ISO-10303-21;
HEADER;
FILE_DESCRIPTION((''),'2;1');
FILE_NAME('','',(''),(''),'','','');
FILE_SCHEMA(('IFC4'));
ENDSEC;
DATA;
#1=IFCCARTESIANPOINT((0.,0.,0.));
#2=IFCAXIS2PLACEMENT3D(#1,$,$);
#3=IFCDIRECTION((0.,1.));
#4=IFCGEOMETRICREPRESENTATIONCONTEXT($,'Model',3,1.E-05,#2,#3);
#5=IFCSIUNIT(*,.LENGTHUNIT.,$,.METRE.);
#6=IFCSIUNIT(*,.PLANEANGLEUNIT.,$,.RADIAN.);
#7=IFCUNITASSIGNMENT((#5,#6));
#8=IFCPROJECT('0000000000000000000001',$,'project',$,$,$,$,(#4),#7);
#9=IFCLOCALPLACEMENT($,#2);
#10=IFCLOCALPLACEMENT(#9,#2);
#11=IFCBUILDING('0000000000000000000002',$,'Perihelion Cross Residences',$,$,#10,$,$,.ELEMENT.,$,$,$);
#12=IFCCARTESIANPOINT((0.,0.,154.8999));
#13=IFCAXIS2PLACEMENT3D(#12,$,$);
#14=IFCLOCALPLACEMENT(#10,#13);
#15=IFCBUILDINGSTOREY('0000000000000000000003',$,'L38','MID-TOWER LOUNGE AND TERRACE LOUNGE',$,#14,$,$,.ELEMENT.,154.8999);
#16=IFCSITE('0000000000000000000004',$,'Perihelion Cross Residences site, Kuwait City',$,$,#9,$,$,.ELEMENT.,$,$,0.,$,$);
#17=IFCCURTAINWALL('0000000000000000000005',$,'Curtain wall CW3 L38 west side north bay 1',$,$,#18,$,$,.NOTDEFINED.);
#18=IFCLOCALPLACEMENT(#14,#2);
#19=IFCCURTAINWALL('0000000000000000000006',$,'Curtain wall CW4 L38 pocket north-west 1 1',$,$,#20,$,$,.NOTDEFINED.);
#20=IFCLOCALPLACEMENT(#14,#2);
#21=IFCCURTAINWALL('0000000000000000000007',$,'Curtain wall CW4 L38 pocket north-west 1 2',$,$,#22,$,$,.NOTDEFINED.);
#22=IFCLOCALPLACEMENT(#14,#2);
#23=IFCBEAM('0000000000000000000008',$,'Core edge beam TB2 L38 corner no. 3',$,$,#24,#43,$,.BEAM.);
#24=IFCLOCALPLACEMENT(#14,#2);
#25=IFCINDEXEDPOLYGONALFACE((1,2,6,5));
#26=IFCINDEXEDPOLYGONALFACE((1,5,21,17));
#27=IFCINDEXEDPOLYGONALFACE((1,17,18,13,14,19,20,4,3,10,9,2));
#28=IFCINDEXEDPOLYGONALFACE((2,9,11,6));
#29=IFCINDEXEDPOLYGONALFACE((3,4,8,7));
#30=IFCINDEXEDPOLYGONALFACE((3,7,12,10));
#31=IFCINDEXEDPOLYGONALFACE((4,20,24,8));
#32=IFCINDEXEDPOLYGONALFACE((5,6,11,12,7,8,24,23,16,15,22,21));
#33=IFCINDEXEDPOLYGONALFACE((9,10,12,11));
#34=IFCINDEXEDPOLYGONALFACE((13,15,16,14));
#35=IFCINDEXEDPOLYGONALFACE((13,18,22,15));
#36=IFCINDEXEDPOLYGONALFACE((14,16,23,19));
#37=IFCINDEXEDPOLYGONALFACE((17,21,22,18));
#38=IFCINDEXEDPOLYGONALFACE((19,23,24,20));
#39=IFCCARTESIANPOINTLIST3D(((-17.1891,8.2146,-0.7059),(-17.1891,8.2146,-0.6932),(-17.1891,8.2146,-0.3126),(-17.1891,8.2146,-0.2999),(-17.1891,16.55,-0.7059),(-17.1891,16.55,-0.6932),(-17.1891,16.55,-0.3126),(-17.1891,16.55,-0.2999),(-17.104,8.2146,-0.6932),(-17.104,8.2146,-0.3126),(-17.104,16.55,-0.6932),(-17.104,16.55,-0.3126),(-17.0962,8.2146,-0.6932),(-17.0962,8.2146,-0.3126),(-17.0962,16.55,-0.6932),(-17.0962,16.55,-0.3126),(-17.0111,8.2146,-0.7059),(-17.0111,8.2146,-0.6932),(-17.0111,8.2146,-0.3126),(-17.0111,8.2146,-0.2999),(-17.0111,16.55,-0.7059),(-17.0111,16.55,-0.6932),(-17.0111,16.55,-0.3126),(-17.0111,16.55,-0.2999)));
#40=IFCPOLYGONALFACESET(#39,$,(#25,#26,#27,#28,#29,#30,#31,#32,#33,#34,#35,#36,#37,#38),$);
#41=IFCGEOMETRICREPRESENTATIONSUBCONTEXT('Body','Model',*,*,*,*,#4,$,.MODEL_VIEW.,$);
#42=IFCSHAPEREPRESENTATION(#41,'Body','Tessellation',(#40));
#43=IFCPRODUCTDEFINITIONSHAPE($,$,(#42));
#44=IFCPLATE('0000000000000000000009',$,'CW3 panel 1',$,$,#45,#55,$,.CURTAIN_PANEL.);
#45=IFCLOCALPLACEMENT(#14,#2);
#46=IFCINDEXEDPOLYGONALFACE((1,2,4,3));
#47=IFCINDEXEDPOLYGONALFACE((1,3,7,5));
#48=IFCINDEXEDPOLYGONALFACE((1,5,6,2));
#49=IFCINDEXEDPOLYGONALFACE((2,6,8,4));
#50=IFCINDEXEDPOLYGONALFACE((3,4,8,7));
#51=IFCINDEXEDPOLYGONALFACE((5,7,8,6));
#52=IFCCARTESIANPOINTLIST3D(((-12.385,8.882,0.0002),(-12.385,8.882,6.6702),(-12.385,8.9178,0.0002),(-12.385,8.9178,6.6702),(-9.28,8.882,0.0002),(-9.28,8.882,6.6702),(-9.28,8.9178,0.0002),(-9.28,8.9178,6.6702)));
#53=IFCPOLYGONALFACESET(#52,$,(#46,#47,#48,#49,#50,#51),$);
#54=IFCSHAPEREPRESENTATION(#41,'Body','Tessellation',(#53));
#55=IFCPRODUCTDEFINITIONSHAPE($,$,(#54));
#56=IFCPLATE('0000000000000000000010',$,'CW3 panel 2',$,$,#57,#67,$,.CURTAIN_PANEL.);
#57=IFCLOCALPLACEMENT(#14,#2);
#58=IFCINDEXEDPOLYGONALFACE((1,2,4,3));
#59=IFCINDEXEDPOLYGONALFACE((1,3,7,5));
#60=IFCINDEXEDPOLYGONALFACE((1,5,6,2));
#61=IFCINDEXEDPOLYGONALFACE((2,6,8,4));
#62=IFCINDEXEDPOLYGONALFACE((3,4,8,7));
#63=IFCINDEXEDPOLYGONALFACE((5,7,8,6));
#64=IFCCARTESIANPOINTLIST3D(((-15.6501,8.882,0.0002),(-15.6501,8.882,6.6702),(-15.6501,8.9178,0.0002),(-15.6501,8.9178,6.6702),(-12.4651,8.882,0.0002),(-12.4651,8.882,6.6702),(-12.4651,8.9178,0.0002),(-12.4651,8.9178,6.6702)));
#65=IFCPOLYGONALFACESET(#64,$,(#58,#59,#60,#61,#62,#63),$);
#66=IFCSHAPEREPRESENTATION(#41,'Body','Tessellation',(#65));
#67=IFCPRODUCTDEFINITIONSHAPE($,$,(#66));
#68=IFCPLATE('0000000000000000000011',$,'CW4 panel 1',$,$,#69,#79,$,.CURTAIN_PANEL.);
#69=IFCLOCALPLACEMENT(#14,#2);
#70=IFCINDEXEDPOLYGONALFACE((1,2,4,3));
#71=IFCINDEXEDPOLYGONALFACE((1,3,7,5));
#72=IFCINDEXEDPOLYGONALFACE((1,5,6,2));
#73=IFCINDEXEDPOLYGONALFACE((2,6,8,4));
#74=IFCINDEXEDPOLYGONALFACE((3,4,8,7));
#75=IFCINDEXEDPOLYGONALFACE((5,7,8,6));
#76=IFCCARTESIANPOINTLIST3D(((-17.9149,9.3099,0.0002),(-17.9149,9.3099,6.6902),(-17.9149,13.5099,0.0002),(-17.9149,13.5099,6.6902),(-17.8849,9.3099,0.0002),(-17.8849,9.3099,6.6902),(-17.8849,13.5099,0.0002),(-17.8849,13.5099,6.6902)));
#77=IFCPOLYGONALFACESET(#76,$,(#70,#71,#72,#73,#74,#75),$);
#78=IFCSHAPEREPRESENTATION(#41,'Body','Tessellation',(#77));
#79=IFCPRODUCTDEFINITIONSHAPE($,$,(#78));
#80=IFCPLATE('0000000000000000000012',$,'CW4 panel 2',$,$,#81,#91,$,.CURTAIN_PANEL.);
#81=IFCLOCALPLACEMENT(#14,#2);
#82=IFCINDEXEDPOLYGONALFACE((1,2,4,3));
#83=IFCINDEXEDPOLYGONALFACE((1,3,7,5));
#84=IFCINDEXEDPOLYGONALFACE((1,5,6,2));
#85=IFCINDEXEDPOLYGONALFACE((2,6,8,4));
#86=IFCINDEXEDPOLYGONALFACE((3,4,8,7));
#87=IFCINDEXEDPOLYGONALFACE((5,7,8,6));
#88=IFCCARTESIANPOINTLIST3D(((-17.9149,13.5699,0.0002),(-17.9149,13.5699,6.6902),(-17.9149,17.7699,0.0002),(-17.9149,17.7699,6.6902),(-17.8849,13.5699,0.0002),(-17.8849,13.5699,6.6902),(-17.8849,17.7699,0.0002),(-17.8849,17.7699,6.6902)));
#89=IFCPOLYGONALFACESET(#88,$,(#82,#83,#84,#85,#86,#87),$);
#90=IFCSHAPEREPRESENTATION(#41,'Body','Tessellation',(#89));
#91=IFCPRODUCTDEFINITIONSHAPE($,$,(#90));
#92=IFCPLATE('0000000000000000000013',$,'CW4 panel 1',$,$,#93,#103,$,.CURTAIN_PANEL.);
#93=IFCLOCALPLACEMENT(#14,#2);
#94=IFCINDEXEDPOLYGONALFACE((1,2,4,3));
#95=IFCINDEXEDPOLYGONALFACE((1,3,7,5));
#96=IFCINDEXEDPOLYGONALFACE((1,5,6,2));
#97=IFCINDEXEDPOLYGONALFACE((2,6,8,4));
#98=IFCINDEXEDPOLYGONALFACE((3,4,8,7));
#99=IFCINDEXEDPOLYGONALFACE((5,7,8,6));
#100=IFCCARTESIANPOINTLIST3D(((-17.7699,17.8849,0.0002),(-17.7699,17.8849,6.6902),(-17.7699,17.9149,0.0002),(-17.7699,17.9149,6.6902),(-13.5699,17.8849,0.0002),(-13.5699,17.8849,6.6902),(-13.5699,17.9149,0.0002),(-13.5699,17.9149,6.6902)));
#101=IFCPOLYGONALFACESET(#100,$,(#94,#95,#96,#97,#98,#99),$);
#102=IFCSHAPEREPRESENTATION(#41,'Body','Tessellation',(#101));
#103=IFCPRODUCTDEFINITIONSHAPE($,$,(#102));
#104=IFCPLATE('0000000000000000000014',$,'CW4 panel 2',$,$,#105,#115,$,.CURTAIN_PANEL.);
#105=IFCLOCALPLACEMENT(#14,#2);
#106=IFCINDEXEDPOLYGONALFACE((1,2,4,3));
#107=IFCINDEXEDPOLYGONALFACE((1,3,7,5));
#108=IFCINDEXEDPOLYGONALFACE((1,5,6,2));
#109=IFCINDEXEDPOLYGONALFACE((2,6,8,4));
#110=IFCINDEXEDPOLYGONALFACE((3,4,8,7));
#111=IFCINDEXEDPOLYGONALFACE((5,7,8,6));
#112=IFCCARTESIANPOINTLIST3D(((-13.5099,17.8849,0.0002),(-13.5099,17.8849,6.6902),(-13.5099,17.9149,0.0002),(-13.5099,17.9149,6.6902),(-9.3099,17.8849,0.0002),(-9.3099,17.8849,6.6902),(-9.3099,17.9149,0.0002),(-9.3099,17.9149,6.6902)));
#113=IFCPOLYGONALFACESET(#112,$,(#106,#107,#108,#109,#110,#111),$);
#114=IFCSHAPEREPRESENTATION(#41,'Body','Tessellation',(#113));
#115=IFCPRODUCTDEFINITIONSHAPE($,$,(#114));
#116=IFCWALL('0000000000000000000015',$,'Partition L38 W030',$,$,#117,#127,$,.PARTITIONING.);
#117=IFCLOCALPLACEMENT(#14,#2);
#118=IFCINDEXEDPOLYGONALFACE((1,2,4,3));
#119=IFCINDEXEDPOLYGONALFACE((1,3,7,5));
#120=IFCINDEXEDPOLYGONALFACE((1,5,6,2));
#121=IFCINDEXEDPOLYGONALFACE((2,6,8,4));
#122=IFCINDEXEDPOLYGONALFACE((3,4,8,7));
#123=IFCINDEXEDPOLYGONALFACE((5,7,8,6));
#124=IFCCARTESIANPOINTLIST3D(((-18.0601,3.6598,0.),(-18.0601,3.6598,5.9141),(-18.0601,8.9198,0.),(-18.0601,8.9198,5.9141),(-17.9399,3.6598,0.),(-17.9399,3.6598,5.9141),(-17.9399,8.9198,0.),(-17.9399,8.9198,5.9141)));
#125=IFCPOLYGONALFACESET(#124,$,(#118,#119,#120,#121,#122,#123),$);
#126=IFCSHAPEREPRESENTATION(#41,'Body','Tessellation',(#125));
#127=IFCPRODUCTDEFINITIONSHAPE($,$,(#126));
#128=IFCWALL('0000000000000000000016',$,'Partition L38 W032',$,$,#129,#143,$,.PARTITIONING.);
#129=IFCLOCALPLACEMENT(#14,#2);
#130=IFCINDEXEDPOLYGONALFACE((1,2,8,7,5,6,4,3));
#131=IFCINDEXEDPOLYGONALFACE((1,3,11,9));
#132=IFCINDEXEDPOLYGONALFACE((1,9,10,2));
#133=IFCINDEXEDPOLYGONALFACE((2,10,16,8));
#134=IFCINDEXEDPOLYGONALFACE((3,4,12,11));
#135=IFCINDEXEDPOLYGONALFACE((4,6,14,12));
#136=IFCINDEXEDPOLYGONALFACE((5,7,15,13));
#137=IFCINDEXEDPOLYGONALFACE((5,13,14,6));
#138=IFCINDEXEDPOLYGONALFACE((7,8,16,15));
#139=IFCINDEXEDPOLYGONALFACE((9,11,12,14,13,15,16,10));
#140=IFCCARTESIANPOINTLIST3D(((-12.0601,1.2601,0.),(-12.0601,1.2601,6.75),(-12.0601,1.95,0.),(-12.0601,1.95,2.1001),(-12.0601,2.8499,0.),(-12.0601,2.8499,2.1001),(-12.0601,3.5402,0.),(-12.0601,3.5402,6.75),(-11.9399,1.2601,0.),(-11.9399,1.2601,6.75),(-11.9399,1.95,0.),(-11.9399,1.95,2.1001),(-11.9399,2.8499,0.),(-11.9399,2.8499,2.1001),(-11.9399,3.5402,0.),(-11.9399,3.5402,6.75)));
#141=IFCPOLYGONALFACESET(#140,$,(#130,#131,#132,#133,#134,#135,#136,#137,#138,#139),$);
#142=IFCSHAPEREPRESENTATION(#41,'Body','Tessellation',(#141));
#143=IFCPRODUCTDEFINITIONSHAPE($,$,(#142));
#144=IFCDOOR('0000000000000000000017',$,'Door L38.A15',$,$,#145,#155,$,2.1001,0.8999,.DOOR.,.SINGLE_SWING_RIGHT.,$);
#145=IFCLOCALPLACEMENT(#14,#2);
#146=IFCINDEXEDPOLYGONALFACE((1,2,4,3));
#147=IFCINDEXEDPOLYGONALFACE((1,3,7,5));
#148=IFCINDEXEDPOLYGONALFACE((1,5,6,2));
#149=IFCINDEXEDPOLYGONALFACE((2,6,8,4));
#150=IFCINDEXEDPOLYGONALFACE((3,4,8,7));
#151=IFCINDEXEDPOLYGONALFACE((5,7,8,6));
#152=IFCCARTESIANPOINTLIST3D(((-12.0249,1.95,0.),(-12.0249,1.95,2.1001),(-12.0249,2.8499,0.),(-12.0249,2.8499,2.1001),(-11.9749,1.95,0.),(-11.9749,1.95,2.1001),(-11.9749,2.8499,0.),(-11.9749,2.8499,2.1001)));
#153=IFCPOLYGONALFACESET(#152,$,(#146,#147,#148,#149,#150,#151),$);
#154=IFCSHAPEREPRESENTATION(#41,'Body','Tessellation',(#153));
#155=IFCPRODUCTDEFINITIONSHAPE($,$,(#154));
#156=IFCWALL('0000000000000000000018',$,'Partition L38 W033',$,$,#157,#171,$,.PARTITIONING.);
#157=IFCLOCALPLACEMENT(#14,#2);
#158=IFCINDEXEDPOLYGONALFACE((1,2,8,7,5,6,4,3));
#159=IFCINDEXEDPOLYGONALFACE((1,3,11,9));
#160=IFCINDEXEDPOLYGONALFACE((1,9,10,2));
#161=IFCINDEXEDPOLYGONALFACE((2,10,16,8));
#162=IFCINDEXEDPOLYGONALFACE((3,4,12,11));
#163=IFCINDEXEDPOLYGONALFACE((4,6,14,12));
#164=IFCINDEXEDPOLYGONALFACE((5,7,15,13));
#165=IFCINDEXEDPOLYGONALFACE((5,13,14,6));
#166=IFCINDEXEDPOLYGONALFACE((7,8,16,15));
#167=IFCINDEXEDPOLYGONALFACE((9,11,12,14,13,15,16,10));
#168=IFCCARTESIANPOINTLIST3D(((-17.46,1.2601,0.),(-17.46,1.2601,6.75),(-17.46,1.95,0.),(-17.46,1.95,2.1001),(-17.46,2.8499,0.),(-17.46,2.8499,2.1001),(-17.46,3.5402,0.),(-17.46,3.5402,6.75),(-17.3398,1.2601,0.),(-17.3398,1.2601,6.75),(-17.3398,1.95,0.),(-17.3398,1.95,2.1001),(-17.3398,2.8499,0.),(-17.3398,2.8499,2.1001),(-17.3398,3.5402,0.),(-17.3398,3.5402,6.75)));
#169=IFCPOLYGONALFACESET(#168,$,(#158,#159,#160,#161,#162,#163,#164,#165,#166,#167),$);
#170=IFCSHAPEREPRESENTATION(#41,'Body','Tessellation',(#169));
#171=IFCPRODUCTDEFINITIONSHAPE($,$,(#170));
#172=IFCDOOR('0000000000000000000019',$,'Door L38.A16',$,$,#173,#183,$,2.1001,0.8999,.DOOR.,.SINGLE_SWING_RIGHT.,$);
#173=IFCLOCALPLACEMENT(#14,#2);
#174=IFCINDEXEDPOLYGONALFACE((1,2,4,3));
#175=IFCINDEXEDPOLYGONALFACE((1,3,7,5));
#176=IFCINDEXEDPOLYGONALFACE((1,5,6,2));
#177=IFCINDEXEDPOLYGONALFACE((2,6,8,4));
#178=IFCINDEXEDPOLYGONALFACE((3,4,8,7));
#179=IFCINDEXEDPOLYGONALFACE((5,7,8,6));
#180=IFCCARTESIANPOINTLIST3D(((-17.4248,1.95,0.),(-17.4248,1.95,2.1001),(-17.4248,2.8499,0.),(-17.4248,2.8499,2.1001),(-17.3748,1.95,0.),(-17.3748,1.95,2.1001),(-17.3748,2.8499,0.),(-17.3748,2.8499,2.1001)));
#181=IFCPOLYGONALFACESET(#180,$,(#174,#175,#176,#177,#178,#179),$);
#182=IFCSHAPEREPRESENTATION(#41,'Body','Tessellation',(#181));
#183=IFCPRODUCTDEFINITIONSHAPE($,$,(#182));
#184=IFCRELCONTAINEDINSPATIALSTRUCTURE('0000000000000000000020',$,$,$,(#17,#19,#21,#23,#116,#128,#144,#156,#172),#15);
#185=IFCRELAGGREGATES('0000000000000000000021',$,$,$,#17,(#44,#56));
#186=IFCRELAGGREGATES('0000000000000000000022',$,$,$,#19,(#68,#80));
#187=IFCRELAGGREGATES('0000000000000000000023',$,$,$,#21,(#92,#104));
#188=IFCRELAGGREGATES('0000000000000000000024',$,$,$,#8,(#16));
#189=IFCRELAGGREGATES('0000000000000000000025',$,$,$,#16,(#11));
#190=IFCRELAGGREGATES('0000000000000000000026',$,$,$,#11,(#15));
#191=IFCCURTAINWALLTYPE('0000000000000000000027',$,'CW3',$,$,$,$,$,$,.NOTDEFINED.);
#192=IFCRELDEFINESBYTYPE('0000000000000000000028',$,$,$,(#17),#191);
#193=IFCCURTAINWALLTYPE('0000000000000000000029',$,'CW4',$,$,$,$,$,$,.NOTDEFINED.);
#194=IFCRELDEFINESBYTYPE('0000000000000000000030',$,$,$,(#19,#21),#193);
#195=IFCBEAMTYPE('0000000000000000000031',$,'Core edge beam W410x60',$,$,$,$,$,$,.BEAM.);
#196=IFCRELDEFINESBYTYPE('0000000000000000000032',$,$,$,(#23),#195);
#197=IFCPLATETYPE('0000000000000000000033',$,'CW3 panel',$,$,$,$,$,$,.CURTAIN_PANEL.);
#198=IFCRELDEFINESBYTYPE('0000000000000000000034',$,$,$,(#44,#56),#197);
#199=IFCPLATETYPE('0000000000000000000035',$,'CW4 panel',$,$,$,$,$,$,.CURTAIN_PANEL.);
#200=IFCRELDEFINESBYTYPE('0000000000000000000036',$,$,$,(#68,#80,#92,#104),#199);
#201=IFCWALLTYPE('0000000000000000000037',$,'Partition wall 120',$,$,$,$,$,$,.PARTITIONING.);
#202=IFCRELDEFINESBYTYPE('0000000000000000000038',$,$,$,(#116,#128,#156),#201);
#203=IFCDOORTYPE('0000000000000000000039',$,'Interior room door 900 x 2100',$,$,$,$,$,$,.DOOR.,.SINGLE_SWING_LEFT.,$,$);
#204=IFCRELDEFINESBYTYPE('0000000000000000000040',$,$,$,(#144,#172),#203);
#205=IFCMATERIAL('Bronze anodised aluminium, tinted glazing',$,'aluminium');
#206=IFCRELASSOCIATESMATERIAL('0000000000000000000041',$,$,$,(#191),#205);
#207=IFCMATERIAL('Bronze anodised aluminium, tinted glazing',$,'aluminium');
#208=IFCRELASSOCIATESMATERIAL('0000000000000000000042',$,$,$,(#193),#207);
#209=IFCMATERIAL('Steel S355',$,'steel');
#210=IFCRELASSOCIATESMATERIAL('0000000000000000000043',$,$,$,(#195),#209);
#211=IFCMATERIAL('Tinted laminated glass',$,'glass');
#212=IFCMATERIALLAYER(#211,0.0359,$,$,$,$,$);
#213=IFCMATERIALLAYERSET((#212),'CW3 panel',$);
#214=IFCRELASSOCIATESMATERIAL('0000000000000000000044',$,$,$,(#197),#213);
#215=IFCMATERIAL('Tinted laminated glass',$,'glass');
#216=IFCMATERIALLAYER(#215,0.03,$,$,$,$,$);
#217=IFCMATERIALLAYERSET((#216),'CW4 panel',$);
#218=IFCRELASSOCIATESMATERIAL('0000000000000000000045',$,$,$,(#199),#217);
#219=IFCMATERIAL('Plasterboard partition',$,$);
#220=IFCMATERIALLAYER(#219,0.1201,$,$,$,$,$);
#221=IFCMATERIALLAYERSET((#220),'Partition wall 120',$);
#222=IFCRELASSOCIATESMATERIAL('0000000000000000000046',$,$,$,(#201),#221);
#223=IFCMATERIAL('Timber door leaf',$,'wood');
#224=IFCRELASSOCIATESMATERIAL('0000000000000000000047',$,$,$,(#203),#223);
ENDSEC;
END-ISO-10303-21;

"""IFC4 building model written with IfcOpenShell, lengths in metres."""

from ifc_helpers import new_model, si_unit, direction, frame, frame_2d, origin, origin_2d, place, context, subcontext, project, spatial, rectangle, i_section, extrude, material, layer, layer_set, material_profile, profile_set, type_object, element, fill, aggregate, save


model = new_model("IFC4")

# Units and contexts
model_context = context("Model", 3, precision=1e-05, world=origin(), true_north=direction((0.0, 1.0)))
body_context = subcontext(model_context, "Body", "Model", "MODEL_VIEW")
ifc_project = project(units=[si_unit("LENGTHUNIT", "METRE"), si_unit("PLANEANGLEUNIT", "RADIAN")], contexts=[model_context])

# Site, building, storey
site_placement = place(None, origin())
site = spatial("IfcSite", under=ifc_project, at=site_placement, Name="Perihelion Cross Residences site, Kuwait City", CompositionType="ELEMENT", RefElevation=0.0)
building_placement = place(site_placement, origin())
building = spatial("IfcBuilding", under=site, at=building_placement, Name="Perihelion Cross Residences", CompositionType="ELEMENT")
storey_placement = place(building_placement, frame((0.0, 0.0, 154.8999)))
storey = spatial("IfcBuildingStorey", under=building, at=storey_placement, Name="L38", Description="MID-TOWER LOUNGE AND TERRACE LOUNGE", CompositionType="ELEMENT", Elevation=154.8999)

# Curtain wall
ifc_material_1 = material(Name="Bronze anodised aluminium, tinted glazing", Category="aluminium")
curtain_wall_type_1 = type_object("IfcCurtainWallType", Name="CW3", PredefinedType="NOTDEFINED", material=ifc_material_1)
curtain_wall_1_placement = place(storey_placement, origin())
curtain_wall_1 = element("IfcCurtainWall", 1, at=curtain_wall_1_placement, inside=storey, type_object=curtain_wall_type_1, Name="Curtain wall CW3 L38 west side north bay 1", PredefinedType="NOTDEFINED")

# Curtain walls
ifc_material_2 = material(Name="Bronze anodised aluminium, tinted glazing", Category="aluminium")
curtain_wall_type_2 = type_object("IfcCurtainWallType", Name="CW4", PredefinedType="NOTDEFINED", material=ifc_material_2)
curtain_wall_2_placement = place(storey_placement, origin())
curtain_wall_2 = element("IfcCurtainWall", 2, at=curtain_wall_2_placement, inside=storey, type_object=curtain_wall_type_2, Name="Curtain wall CW4 L38 pocket north-west 1 1", PredefinedType="NOTDEFINED")
curtain_wall_3_placement = place(storey_placement, origin())
curtain_wall_3 = element("IfcCurtainWall", 3, at=curtain_wall_3_placement, inside=storey, type_object=curtain_wall_type_2, Name="Curtain wall CW4 L38 pocket north-west 1 2", PredefinedType="NOTDEFINED")

# Beam
ifc_material_3 = material(Name="Steel S355", Category="steel")
ifc_material_profile_1 = material_profile(ifc_material_3, i_section(OverallWidth=0.178, OverallDepth=0.406, WebThickness=0.0078, FlangeThickness=0.0127, at=origin_2d()), Name="W410x60")
ifc_profile_set_1 = profile_set([ifc_material_profile_1], Name="Steel S355")
beam_type = type_object("IfcBeamType", Name="Core edge beam W410x60", PredefinedType="BEAM", material=ifc_profile_set_1)
beam_placement = place(storey_placement, frame((-17.1001, 8.2146, -0.5029), z_axis=(0.0, 1.0, 0.0), x_axis=(-1.0, 0.0, 0.0)))
element("IfcBeam", 4, at=beam_placement, inside=storey, type_object=beam_type, Name="Core edge beam TB2 L38 corner no. 3", PredefinedType="BEAM", context=body_context, shape_type="SweptSolid", body=[
    extrude(i_section(OverallWidth=0.178, OverallDepth=0.406, WebThickness=0.0078, FlangeThickness=0.0127, at=origin_2d()), origin(), (0.0, 0.0, 1.0), 8.3354),
])

# Plates
ifc_material_4 = material(Name="Tinted laminated glass", Category="glass")
ifc_layer_1 = layer(ifc_material_4, 0.0359)
ifc_layer_set_1 = layer_set([ifc_layer_1], Name="CW3 panel")
plate_type_1 = type_object("IfcPlateType", Name="CW3 panel", PredefinedType="CURTAIN_PANEL", material=ifc_layer_set_1)
plate_1_placement = place(storey_placement, frame((-10.8325, 8.8999, 0.0002), z_axis=(0.0, 0.0, 1.0), x_axis=(-1.0, 0.0, 0.0)))
plate_1 = element("IfcPlate", 5, at=plate_1_placement, type_object=plate_type_1, Name="CW3 panel 1", PredefinedType="CURTAIN_PANEL", context=body_context, shape_type="SweptSolid", body=[
    extrude(rectangle(XDim=3.105, YDim=0.0359, at=origin_2d()), origin(), (0.0, 0.0, 1.0), 6.6699),
])
plate_2_placement = place(storey_placement, frame((-14.0576, 8.8999, 0.0002), z_axis=(0.0, 0.0, 1.0), x_axis=(-1.0, 0.0, 0.0)))
plate_2 = element("IfcPlate", 6, at=plate_2_placement, type_object=plate_type_1, Name="CW3 panel 2", PredefinedType="CURTAIN_PANEL", context=body_context, shape_type="SweptSolid", body=[
    extrude(rectangle(XDim=3.1851, YDim=0.0359, at=origin_2d()), origin(), (0.0, 0.0, 1.0), 6.6699),
])
aggregate(curtain_wall_1, [plate_1, plate_2])
ifc_material_5 = material(Name="Tinted laminated glass", Category="glass")
ifc_layer_2 = layer(ifc_material_5, 0.03)
ifc_layer_set_2 = layer_set([ifc_layer_2], Name="CW4 panel")
plate_type_2 = type_object("IfcPlateType", Name="CW4 panel", PredefinedType="CURTAIN_PANEL", material=ifc_layer_set_2)
plate_3_placement = place(storey_placement, frame((-17.8999, 11.4099, 0.0002), z_axis=(0.0, 0.0, 1.0), x_axis=(0.0, 1.0, 0.0)))
plate_3 = element("IfcPlate", 7, at=plate_3_placement, type_object=plate_type_2, Name="CW4 panel 1", PredefinedType="CURTAIN_PANEL", context=body_context, shape_type="SweptSolid", body=[
    extrude(rectangle(XDim=4.2, YDim=0.03, at=origin_2d()), origin(), (0.0, 0.0, 1.0), 6.6899),
])
plate_4_placement = place(storey_placement, frame((-17.8999, 15.6699, 0.0002), z_axis=(0.0, 0.0, 1.0), x_axis=(0.0, 1.0, 0.0)))
plate_4 = element("IfcPlate", 8, at=plate_4_placement, type_object=plate_type_2, Name="CW4 panel 2", PredefinedType="CURTAIN_PANEL", context=body_context, shape_type="SweptSolid", body=[
    extrude(rectangle(XDim=4.2, YDim=0.03, at=origin_2d()), origin(), (0.0, 0.0, 1.0), 6.6899),
])
aggregate(curtain_wall_2, [plate_3, plate_4])
plate_5_placement = place(storey_placement, frame((-15.6699, 17.8999, 0.0002), z_axis=(0.0, 0.0, 1.0), x_axis=(1.0, 0.0, 0.0)))
plate_5 = element("IfcPlate", 9, at=plate_5_placement, type_object=plate_type_2, Name="CW4 panel 1", PredefinedType="CURTAIN_PANEL", context=body_context, shape_type="SweptSolid", body=[
    extrude(rectangle(XDim=4.2, YDim=0.03, at=origin_2d()), origin(), (0.0, 0.0, 1.0), 6.6899),
])
plate_6_placement = place(storey_placement, frame((-11.4099, 17.8999, 0.0002), z_axis=(0.0, 0.0, 1.0), x_axis=(1.0, 0.0, 0.0)))
plate_6 = element("IfcPlate", 10, at=plate_6_placement, type_object=plate_type_2, Name="CW4 panel 2", PredefinedType="CURTAIN_PANEL", context=body_context, shape_type="SweptSolid", body=[
    extrude(rectangle(XDim=4.2, YDim=0.03, at=origin_2d()), origin(), (0.0, 0.0, 1.0), 6.6899),
])
aggregate(curtain_wall_3, [plate_5, plate_6])

# Wall
ifc_material_6 = material(Name="Plasterboard partition")
ifc_layer_3 = layer(ifc_material_6, 0.1201)
ifc_layer_set_3 = layer_set([ifc_layer_3], Name="Partition wall 120")
wall_type_1 = type_object("IfcWallType", Name="Partition wall 120", PredefinedType="PARTITIONING", material=ifc_layer_set_3)
wall_1_placement = place(storey_placement, frame((-18.0, 3.6599, 0.0), z_axis=(0.0, 0.0, 1.0), x_axis=(0.0, 1.0, 0.0)))
element("IfcWall", 11, at=wall_1_placement, inside=storey, type_object=wall_type_1, Name="Partition L38 W030", PredefinedType="PARTITIONING", context=body_context, shape_type="SweptSolid", body=[
    extrude(rectangle(XDim=5.26, YDim=0.1201, at=frame_2d((2.6299, 0.0))), origin(), (0.0, 0.0, 1.0), 5.9141),
])

# Walls, openings, doors
wall_2_placement = place(storey_placement, frame((-12.0, 1.26, 0.0), z_axis=(0.0, 0.0, 1.0), x_axis=(0.0, 1.0, 0.0)))
wall_2 = element("IfcWall", 12, at=wall_2_placement, inside=storey, type_object=wall_type_1, Name="Partition L38 W032", PredefinedType="PARTITIONING", context=body_context, shape_type="SweptSolid", body=[
    extrude(rectangle(XDim=2.28, YDim=0.1201, at=frame_2d((1.1401, 0.0))), origin(), (0.0, 0.0, 1.0), 6.75),
])
opening_1_placement = place(wall_2_placement, frame((0.6899, 0.0, 0.0)))
opening_1 = element("IfcOpeningElement", 13, at=opening_1_placement, cuts=wall_2, PredefinedType="OPENING", context=body_context, shape_type="SweptSolid", body=[
    extrude(rectangle(XDim=0.8999, YDim=2.1001, at=frame_2d((0.45, 1.05))), frame((0.0, 0.0701, 0.0), z_axis=(0.0, -1.0, 0.0), x_axis=(1.0, 0.0, 0.0)), (0.0, 0.0, 1.0), 0.1401),
])
ifc_material_7 = material(Name="Timber door leaf", Category="wood")
door_type_1 = type_object("IfcDoorType", Name="Interior room door 900 x 2100", OperationType="SINGLE_SWING_LEFT", PredefinedType="DOOR", material=ifc_material_7)
door_1_placement = place(opening_1_placement, origin())
door_1 = element("IfcDoor", 14, at=door_1_placement, inside=storey, type_object=door_type_1, Name="Door L38.A15", OperationType="SINGLE_SWING_RIGHT", OverallHeight=2.1001, OverallWidth=0.8999, PredefinedType="DOOR", context=body_context, shape_type="SweptSolid", body=[
    extrude(rectangle(XDim=0.8999, YDim=2.1001, at=frame_2d((0.45, 1.05))), frame((0.0, 0.0249, 0.0), z_axis=(0.0, -1.0, 0.0), x_axis=(1.0, 0.0, 0.0)), (0.0, 0.0, 1.0), 0.05),
])
fill(opening_1, door_1)
wall_3_placement = place(storey_placement, frame((-17.3999, 1.26, 0.0), z_axis=(0.0, 0.0, 1.0), x_axis=(0.0, 1.0, 0.0)))
wall_3 = element("IfcWall", 15, at=wall_3_placement, inside=storey, type_object=wall_type_1, Name="Partition L38 W033", PredefinedType="PARTITIONING", context=body_context, shape_type="SweptSolid", body=[
    extrude(rectangle(XDim=2.28, YDim=0.1201, at=frame_2d((1.1401, 0.0))), origin(), (0.0, 0.0, 1.0), 6.75),
])
opening_2_placement = place(wall_3_placement, frame((0.6899, 0.0, 0.0)))
opening_2 = element("IfcOpeningElement", 16, at=opening_2_placement, cuts=wall_3, PredefinedType="OPENING", context=body_context, shape_type="SweptSolid", body=[
    extrude(rectangle(XDim=0.8999, YDim=2.1001, at=frame_2d((0.45, 1.05))), frame((0.0, 0.0701, 0.0), z_axis=(0.0, -1.0, 0.0), x_axis=(1.0, 0.0, 0.0)), (0.0, 0.0, 1.0), 0.1401),
])
door_2_placement = place(opening_2_placement, origin())
door_2 = element("IfcDoor", 17, at=door_2_placement, inside=storey, type_object=door_type_1, Name="Door L38.A16", OperationType="SINGLE_SWING_RIGHT", OverallHeight=2.1001, OverallWidth=0.8999, PredefinedType="DOOR", context=body_context, shape_type="SweptSolid", body=[
    extrude(rectangle(XDim=0.8999, YDim=2.1001, at=frame_2d((0.45, 1.05))), frame((0.0, 0.0249, 0.0), z_axis=(0.0, -1.0, 0.0), x_axis=(1.0, 0.0, 0.0)), (0.0, 0.0, 1.0), 0.05),
])
fill(opening_2, door_2)

save(model, "model.ifc")
